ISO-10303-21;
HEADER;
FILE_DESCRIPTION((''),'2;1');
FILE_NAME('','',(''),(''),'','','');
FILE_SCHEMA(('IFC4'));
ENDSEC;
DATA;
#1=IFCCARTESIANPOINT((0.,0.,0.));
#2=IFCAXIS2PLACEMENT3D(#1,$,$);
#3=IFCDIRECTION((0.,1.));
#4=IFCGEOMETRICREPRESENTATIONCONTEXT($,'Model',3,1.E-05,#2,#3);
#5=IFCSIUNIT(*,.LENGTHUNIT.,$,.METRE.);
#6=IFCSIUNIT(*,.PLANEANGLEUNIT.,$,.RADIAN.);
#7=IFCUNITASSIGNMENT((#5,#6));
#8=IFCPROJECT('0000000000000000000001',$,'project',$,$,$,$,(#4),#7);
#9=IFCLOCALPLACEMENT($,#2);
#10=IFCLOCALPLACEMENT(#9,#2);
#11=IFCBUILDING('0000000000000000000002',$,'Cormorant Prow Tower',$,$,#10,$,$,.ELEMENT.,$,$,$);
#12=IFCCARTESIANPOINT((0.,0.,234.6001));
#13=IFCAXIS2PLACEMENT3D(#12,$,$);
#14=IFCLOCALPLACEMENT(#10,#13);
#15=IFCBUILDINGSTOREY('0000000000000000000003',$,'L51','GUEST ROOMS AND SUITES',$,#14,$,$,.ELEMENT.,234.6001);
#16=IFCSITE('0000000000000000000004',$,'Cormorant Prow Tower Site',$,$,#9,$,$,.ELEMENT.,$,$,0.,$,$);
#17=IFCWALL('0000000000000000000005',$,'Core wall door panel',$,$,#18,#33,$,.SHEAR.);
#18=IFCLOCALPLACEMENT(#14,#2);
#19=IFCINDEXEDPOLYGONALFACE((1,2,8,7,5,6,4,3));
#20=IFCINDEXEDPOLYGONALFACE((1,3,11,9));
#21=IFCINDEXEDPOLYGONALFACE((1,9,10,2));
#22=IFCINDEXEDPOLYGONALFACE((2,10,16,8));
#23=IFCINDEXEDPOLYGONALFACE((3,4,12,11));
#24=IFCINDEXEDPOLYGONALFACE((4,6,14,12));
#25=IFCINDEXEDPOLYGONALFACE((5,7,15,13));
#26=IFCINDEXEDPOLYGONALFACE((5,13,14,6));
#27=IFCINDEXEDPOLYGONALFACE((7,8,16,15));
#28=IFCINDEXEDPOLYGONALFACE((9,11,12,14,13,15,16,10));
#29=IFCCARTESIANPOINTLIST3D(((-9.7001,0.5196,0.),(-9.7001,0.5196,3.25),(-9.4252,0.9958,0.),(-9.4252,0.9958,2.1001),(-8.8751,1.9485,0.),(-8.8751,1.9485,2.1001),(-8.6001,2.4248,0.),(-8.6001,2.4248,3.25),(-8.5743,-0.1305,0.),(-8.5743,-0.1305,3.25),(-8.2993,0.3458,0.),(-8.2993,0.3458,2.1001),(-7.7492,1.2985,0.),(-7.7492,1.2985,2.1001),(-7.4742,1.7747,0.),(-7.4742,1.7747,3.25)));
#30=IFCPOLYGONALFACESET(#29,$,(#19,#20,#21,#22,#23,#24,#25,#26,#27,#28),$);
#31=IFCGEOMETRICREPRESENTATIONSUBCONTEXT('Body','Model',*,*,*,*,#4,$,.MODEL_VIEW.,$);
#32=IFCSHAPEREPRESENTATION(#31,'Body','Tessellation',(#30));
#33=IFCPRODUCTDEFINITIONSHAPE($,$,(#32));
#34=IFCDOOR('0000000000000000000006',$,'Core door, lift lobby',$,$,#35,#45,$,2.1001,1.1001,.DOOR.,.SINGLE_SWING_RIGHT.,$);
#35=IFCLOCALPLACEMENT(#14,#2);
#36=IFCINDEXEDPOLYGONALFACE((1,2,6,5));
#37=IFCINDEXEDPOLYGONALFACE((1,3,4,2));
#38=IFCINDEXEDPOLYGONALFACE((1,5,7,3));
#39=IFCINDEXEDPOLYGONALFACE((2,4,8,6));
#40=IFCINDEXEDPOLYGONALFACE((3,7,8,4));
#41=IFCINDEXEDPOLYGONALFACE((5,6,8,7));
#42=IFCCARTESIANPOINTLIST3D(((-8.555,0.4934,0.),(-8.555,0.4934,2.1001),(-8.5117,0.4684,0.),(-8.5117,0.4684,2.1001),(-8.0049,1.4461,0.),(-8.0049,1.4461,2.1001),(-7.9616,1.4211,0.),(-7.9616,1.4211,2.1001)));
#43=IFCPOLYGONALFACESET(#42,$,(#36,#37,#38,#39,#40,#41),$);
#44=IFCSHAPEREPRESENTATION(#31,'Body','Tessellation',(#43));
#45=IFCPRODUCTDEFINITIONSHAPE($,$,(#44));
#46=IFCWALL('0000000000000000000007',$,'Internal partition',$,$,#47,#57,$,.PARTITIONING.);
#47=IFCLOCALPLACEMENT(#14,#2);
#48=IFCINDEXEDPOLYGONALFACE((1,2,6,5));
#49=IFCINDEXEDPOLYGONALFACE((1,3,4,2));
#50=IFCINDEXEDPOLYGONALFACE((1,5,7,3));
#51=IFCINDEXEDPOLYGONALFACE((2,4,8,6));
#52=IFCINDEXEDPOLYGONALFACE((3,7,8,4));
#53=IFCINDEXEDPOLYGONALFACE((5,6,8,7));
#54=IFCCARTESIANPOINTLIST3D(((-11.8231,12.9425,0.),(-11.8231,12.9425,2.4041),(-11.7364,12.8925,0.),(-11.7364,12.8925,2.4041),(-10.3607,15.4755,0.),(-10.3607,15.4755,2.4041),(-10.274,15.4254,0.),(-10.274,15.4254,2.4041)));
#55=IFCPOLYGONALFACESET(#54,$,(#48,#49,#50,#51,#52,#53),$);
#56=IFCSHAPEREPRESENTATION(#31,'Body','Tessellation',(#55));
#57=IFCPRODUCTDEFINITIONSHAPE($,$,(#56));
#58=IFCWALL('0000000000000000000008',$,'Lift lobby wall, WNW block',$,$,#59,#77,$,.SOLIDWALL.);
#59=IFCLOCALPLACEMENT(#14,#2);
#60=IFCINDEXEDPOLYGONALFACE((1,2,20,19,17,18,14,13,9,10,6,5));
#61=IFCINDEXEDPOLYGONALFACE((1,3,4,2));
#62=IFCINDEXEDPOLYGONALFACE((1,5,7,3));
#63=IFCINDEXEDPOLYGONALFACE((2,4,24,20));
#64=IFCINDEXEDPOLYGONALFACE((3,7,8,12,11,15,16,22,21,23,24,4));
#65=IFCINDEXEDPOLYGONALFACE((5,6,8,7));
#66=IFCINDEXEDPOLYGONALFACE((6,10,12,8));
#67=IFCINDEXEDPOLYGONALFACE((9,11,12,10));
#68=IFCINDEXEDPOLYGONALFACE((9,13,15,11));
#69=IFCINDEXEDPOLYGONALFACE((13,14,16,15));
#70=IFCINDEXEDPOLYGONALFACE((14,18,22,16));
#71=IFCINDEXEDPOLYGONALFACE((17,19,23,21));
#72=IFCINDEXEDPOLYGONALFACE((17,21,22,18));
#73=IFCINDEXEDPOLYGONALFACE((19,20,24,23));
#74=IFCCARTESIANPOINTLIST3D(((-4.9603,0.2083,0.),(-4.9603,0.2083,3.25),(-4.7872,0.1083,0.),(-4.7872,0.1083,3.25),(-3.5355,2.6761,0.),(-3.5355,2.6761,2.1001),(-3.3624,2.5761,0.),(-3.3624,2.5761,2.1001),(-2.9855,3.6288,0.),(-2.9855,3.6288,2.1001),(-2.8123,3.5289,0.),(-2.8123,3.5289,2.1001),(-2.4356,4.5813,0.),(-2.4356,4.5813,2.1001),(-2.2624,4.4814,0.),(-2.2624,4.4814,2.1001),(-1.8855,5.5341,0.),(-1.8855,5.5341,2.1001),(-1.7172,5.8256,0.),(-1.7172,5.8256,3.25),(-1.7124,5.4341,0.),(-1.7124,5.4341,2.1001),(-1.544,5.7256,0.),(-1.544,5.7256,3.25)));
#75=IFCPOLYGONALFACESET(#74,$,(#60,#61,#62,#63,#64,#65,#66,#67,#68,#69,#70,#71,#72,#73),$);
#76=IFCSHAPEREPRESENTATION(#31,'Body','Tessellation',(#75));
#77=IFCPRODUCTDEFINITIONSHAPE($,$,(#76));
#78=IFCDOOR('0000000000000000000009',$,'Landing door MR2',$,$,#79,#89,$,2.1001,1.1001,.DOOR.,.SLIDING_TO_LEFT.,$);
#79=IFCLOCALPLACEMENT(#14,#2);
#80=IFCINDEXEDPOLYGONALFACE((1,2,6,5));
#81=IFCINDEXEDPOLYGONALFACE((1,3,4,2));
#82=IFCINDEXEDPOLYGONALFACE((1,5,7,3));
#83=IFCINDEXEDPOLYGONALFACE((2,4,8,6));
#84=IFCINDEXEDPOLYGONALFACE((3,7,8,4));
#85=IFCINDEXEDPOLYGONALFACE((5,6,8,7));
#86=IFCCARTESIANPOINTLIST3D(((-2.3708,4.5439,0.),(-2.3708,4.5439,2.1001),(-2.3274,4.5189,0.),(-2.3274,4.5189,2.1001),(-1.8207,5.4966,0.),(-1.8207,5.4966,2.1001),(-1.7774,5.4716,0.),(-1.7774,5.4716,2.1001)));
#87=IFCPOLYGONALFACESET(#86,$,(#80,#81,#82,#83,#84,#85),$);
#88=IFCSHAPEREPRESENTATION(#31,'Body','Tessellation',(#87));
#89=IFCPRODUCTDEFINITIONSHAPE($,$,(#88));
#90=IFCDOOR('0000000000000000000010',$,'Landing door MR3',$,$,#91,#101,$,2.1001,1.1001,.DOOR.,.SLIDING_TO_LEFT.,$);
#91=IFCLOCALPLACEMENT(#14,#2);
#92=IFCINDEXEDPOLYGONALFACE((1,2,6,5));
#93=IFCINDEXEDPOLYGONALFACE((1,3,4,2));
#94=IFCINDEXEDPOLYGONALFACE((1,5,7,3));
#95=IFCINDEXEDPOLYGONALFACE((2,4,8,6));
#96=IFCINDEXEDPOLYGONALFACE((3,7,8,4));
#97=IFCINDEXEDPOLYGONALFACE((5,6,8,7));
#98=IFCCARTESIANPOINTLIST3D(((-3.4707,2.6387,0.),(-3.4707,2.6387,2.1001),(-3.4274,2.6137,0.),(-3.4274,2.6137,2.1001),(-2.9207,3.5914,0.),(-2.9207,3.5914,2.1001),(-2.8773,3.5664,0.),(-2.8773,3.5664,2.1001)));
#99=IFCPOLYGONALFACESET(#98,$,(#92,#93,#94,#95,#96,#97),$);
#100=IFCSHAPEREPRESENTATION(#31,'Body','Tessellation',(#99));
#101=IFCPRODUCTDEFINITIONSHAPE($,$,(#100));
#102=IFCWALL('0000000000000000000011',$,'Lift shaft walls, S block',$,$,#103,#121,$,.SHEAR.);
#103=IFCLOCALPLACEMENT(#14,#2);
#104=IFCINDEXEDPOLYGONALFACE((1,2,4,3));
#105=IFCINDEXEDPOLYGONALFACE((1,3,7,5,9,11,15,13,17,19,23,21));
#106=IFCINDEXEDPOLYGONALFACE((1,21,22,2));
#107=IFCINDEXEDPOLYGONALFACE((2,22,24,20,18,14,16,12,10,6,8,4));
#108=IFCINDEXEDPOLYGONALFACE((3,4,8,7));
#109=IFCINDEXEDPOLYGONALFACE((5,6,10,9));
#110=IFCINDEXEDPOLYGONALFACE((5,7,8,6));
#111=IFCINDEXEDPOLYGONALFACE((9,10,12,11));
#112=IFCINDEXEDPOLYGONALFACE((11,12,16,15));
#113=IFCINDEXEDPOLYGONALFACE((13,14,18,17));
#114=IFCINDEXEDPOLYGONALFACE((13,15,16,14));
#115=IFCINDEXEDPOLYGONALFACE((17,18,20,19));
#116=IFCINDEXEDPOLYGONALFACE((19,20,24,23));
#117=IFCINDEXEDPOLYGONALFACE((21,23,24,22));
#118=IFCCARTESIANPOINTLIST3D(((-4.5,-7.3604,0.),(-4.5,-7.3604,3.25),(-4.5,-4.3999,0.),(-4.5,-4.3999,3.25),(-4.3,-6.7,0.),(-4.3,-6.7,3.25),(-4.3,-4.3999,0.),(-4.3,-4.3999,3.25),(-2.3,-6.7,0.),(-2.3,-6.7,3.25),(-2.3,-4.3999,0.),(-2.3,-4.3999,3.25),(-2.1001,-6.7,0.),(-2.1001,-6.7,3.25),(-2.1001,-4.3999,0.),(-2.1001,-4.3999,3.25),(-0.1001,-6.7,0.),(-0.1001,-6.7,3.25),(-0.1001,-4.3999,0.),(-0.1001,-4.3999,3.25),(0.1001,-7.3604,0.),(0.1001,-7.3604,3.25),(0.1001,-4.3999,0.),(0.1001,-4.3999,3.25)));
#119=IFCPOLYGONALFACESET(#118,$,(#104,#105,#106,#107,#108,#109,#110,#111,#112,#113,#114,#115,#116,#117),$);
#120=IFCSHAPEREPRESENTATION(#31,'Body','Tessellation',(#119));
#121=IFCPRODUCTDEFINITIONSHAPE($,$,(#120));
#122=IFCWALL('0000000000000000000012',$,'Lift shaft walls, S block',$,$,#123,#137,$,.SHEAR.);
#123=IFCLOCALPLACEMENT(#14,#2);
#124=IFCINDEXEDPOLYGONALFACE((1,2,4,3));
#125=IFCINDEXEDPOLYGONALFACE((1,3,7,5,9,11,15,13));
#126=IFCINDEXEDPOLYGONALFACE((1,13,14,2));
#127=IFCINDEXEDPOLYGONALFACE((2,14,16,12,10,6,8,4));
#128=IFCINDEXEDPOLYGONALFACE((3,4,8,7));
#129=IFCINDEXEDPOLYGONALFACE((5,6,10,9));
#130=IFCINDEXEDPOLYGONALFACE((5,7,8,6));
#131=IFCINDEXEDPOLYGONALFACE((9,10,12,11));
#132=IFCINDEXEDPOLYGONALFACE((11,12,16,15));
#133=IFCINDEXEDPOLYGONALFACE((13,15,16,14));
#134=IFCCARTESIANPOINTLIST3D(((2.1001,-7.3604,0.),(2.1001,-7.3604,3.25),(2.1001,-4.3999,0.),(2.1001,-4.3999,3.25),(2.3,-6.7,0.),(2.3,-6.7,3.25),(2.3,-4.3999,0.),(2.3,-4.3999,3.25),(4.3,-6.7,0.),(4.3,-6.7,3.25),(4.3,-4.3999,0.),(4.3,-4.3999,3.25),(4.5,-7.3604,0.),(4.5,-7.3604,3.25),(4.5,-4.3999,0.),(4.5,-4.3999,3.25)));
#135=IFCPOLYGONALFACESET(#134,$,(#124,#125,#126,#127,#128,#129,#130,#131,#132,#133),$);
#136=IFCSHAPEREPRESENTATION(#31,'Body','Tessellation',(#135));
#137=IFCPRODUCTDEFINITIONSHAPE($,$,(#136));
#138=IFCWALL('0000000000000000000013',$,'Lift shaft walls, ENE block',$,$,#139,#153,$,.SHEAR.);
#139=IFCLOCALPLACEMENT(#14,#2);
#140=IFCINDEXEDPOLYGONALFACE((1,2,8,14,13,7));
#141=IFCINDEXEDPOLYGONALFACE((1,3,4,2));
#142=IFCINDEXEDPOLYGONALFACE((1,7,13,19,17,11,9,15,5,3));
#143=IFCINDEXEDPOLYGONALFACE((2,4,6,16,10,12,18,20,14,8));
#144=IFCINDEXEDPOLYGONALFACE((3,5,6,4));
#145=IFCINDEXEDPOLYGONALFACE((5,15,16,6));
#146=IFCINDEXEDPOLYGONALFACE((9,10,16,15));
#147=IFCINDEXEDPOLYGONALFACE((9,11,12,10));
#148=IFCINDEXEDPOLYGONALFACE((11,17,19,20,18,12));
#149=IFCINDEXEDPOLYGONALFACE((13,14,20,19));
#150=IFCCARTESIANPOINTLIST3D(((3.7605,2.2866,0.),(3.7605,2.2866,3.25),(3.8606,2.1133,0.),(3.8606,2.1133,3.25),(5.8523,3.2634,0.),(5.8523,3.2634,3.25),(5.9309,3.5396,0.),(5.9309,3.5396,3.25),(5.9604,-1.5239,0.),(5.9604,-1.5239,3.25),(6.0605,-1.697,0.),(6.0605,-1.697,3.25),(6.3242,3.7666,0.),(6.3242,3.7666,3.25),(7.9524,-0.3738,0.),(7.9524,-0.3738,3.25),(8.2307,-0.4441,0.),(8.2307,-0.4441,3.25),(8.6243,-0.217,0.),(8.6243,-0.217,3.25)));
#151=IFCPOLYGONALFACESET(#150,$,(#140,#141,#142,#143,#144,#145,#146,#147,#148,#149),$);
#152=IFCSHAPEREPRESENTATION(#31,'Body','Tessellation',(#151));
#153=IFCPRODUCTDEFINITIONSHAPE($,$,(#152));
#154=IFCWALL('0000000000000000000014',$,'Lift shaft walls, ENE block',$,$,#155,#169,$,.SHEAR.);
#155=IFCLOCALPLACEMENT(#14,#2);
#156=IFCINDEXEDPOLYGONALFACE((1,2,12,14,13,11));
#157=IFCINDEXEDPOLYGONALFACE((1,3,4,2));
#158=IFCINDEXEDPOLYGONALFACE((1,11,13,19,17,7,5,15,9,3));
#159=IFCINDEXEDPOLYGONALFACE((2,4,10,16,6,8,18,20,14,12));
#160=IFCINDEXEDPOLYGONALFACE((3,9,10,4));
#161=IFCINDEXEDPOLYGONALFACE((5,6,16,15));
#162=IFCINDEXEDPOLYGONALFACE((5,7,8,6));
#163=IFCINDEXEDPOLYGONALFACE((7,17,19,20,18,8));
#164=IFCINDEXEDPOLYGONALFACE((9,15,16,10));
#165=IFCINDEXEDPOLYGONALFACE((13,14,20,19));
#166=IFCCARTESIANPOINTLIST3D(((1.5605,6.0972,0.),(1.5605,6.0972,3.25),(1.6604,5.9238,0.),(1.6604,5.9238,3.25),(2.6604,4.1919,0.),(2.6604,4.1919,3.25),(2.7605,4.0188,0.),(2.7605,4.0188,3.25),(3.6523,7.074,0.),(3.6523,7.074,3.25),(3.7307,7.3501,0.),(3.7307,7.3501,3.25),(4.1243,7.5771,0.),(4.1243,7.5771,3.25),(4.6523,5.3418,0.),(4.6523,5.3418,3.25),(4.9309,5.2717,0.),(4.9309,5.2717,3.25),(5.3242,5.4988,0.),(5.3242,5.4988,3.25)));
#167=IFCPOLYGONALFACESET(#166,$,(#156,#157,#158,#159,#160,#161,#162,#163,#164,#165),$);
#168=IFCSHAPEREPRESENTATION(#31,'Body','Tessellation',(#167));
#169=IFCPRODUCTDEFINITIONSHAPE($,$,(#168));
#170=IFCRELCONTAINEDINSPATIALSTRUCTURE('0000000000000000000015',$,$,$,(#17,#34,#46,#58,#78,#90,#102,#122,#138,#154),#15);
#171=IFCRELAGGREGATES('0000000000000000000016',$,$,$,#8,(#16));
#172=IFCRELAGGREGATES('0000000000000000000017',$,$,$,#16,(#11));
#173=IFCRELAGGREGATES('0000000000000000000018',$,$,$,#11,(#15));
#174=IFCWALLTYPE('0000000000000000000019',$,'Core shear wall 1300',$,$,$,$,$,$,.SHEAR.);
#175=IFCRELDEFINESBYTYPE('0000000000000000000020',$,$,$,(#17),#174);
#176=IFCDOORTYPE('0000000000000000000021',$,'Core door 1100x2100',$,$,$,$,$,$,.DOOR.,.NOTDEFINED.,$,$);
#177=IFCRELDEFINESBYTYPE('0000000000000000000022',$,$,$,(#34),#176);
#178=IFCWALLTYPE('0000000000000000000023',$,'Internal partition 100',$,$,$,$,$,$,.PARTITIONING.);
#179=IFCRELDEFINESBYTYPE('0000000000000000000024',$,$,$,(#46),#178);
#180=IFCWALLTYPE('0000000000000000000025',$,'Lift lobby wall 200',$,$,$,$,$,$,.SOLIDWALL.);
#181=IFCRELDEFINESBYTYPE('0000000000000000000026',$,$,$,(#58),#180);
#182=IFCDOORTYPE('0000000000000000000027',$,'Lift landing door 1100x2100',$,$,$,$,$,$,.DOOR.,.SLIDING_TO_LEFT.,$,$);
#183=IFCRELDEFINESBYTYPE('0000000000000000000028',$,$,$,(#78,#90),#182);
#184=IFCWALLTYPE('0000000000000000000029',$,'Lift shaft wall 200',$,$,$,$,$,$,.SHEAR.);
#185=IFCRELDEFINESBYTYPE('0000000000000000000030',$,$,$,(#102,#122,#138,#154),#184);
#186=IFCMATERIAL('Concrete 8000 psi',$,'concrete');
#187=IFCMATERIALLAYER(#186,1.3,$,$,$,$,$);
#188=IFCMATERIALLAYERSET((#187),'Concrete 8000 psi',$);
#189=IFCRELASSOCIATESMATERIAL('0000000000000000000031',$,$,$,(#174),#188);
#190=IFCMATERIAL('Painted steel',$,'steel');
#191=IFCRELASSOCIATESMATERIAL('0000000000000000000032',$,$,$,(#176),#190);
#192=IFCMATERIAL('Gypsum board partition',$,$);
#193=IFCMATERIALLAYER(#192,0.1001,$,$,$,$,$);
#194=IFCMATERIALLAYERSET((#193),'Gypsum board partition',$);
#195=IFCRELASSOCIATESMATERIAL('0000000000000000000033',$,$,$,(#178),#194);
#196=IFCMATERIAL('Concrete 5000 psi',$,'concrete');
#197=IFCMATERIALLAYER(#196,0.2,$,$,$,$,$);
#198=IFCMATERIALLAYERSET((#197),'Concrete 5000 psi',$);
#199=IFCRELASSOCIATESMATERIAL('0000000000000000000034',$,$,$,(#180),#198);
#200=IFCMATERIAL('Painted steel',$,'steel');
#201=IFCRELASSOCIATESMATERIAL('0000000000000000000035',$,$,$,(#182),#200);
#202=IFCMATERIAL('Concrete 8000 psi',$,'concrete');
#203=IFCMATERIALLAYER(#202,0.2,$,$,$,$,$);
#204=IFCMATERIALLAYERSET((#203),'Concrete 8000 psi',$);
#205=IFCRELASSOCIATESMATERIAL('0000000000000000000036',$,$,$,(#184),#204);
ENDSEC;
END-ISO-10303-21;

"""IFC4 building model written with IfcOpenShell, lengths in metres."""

from ifc_helpers import new_model, si_unit, direction, frame, frame_2d, origin, place, context, subcontext, project, spatial, polyline, rectangle, outline, extrude, material, layer, layer_set, type_object, element, fill, save


model = new_model("IFC4")

# Units and contexts
model_context = context("Model", 3, precision=1e-05, world=origin(), true_north=direction((0.0, 1.0)))
body_context = subcontext(model_context, "Body", "Model", "MODEL_VIEW")
ifc_project = project(units=[si_unit("LENGTHUNIT", "METRE"), si_unit("PLANEANGLEUNIT", "RADIAN")], contexts=[model_context])

# Site, building, storey
site_placement = place(None, origin())
site = spatial("IfcSite", under=ifc_project, at=site_placement, Name="Cormorant Prow Tower Site", CompositionType="ELEMENT", RefElevation=0.0)
building_placement = place(site_placement, origin())
building = spatial("IfcBuilding", under=site, at=building_placement, Name="Cormorant Prow Tower", CompositionType="ELEMENT")
storey_placement = place(building_placement, frame((0.0, 0.0, 234.6001)))
storey = spatial("IfcBuildingStorey", under=building, at=storey_placement, Name="L51", Description="GUEST ROOMS AND SUITES", CompositionType="ELEMENT", Elevation=234.6001)

# Shared definitions
ifc_material_1 = material(Name="Concrete 8000 psi", Category="concrete")
ifc_layer_1 = layer(ifc_material_1, 1.3)
ifc_layer_set_1 = layer_set([ifc_layer_1], Name="Concrete 8000 psi")
wall_type_1 = type_object("IfcWallType", Name="Core shear wall 1300", PredefinedType="SHEAR", material=ifc_layer_set_1)

# Wall, opening, door
wall_1_placement = place(storey_placement, frame((-8.0371, 2.0999, 0.0), z_axis=(0.0, 0.0, 1.0), x_axis=(-0.50003, -0.866008, 0.0)))
wall_1 = element("IfcWall", 1, at=wall_1_placement, inside=storey, type_object=wall_type_1, Name="Core wall door panel", PredefinedType="SHEAR", context=body_context, shape_type="SweptSolid", body=[
    extrude(rectangle(XDim=2.2, YDim=1.3, at=frame_2d((1.1001, 0.0))), origin(), (0.0, 0.0, 1.0), 3.25),
])
opening_1_placement = place(wall_1_placement, frame((0.55, 0.0, 0.0)))
opening_1 = element("IfcOpeningElement", 2, at=opening_1_placement, cuts=wall_1, PredefinedType="OPENING", context=body_context, shape_type="SweptSolid", body=[
    extrude(rectangle(XDim=1.1001, YDim=2.1001, at=frame_2d((0.55, 1.05))), frame((0.0, 0.6599, 0.0), z_axis=(0.0, -1.0, 0.0), x_axis=(1.0, 0.0, 0.0)), (0.0, 0.0, 1.0), 1.3201),
])
ifc_material_2 = material(Name="Painted steel", Category="steel")
door_type_1 = type_object("IfcDoorType", Name="Core door 1100x2100", OperationType="NOTDEFINED", PredefinedType="DOOR", material=ifc_material_2)
door_1_placement = place(opening_1_placement, origin())
door_1 = element("IfcDoor", 3, at=door_1_placement, inside=storey, type_object=door_type_1, Name="Core door, lift lobby", OperationType="SINGLE_SWING_RIGHT", OverallHeight=2.1001, OverallWidth=1.1001, PredefinedType="DOOR", context=body_context, shape_type="SweptSolid", body=[
    extrude(rectangle(XDim=1.1001, YDim=2.1001, at=frame_2d((0.55, 1.05))), frame((0.0, 0.4048, 0.0), z_axis=(0.0, -1.0, 0.0), x_axis=(1.0, 0.0, 0.0)), (0.0, 0.0, 1.0), 0.05),
])
fill(opening_1, door_1)

# Wall
ifc_material_3 = material(Name="Gypsum board partition")
ifc_layer_2 = layer(ifc_material_3, 0.1001)
ifc_layer_set_2 = layer_set([ifc_layer_2], Name="Gypsum board partition")
wall_type_2 = type_object("IfcWallType", Name="Internal partition 100", PredefinedType="PARTITIONING", material=ifc_layer_set_2)
wall_2_placement = place(storey_placement, frame((-11.7798, 12.9175, 0.0), z_axis=(0.0, 0.0, 1.0), x_axis=(0.499999, 0.866026, 0.0)))
element("IfcWall", 4, at=wall_2_placement, inside=storey, type_object=wall_type_2, Name="Internal partition", PredefinedType="PARTITIONING", context=body_context, shape_type="SweptSolid", body=[
    extrude(rectangle(XDim=2.9248, YDim=0.1001, at=frame_2d((1.4624, 0.0))), origin(), (0.0, 0.0, 1.0), 2.4041),
])

# Wall, openings, doors
ifc_material_4 = material(Name="Concrete 5000 psi", Category="concrete")
ifc_layer_3 = layer(ifc_material_4, 0.2)
ifc_layer_set_3 = layer_set([ifc_layer_3], Name="Concrete 5000 psi")
wall_type_3 = type_object("IfcWallType", Name="Lift lobby wall 200", PredefinedType="SOLIDWALL", material=ifc_layer_set_3)
wall_3_placement = place(storey_placement, frame((-1.6306, 5.7756, 0.0), z_axis=(0.0, 0.0, 1.0), x_axis=(-0.499993, -0.86603, 0.0)))
wall_3 = element("IfcWall", 5, at=wall_3_placement, inside=storey, type_object=wall_type_3, Name="Lift lobby wall, WNW block", PredefinedType="SOLIDWALL", context=body_context, shape_type="SweptSolid", body=[
    extrude(rectangle(XDim=6.4863, YDim=0.2, at=frame_2d((3.2432, 0.0))), origin(), (0.0, 0.0, 1.0), 3.25),
])
opening_2_placement = place(wall_3_placement, frame((0.3367, 0.0, 0.0)))
opening_2 = element("IfcOpeningElement", 6, at=opening_2_placement, cuts=wall_3, PredefinedType="OPENING", context=body_context, shape_type="SweptSolid", body=[
    extrude(rectangle(XDim=1.1001, YDim=2.1001, at=frame_2d((0.55, 1.05))), frame((0.0, 0.1099, 0.0), z_axis=(0.0, -1.0, 0.0), x_axis=(1.0, 0.0, 0.0)), (0.0, 0.0, 1.0), 0.22),
])
opening_3_placement = place(wall_3_placement, frame((2.5366, 0.0, 0.0)))
opening_3 = element("IfcOpeningElement", 7, at=opening_3_placement, cuts=wall_3, PredefinedType="OPENING", context=body_context, shape_type="SweptSolid", body=[
    extrude(rectangle(XDim=1.1001, YDim=2.1001, at=frame_2d((0.55, 1.05))), frame((0.0, 0.1099, 0.0), z_axis=(0.0, -1.0, 0.0), x_axis=(1.0, 0.0, 0.0)), (0.0, 0.0, 1.0), 0.22),
])
ifc_material_5 = material(Name="Painted steel", Category="steel")
door_type_2 = type_object("IfcDoorType", Name="Lift landing door 1100x2100", OperationType="SLIDING_TO_LEFT", PredefinedType="DOOR", material=ifc_material_5)
door_2_placement = place(opening_2_placement, origin())
door_2 = element("IfcDoor", 8, at=door_2_placement, inside=storey, type_object=door_type_2, Name="Landing door MR2", OperationType="SLIDING_TO_LEFT", OverallHeight=2.1001, OverallWidth=1.1001, PredefinedType="DOOR", context=body_context, shape_type="SweptSolid", body=[
    extrude(rectangle(XDim=1.1001, YDim=2.1001, at=frame_2d((0.55, 1.05))), frame((0.0, 0.0249, 0.0), z_axis=(0.0, -1.0, 0.0), x_axis=(1.0, 0.0, 0.0)), (0.0, 0.0, 1.0), 0.05),
])
fill(opening_2, door_2)
door_3_placement = place(opening_3_placement, origin())
door_3 = element("IfcDoor", 9, at=door_3_placement, inside=storey, type_object=door_type_2, Name="Landing door MR3", OperationType="SLIDING_TO_LEFT", OverallHeight=2.1001, OverallWidth=1.1001, PredefinedType="DOOR", context=body_context, shape_type="SweptSolid", body=[
    extrude(rectangle(XDim=1.1001, YDim=2.1001, at=frame_2d((0.55, 1.05))), frame((0.0, 0.0249, 0.0), z_axis=(0.0, -1.0, 0.0), x_axis=(1.0, 0.0, 0.0)), (0.0, 0.0, 1.0), 0.05),
])
fill(opening_3, door_3)

# Walls
ifc_material_6 = material(Name="Concrete 8000 psi", Category="concrete")
ifc_layer_4 = layer(ifc_material_6, 0.2)
ifc_layer_set_4 = layer_set([ifc_layer_4], Name="Concrete 8000 psi")
wall_type_4 = type_object("IfcWallType", Name="Lift shaft wall 200", PredefinedType="SHEAR", material=ifc_layer_set_4)
wall_4_placement = place(storey_placement, origin())
element("IfcWall", 10, at=wall_4_placement, inside=storey, type_object=wall_type_4, Name="Lift shaft walls, S block", PredefinedType="SHEAR", context=body_context, shape_type="SweptSolid", body=[
    extrude(outline(polyline([(0.1001, -7.3604), (-4.5, -7.3604), (-4.5, -4.3999), (-4.3, -4.3999), (-4.3, -6.7), (-2.3, -6.7), (-2.3, -4.3999), (-2.1001, -4.3999), (-2.1001, -6.7), (-0.1001, -6.7), (-0.1001, -4.3999), (0.1001, -4.3999), (0.1001, -7.3604)])), origin(), (0.0, 0.0, 1.0), 3.25),
])
wall_5_placement = place(storey_placement, origin())
element("IfcWall", 11, at=wall_5_placement, inside=storey, type_object=wall_type_4, Name="Lift shaft walls, S block", PredefinedType="SHEAR", context=body_context, shape_type="SweptSolid", body=[
    extrude(outline(polyline([(2.1001, -7.3604), (2.1001, -4.3999), (2.3, -4.3999), (2.3, -6.7), (4.3, -6.7), (4.3, -4.3999), (4.5, -4.3999), (4.5, -7.3604), (2.1001, -7.3604)])), origin(), (0.0, 0.0, 1.0), 3.25),
])
wall_6_placement = place(storey_placement, origin())
element("IfcWall", 12, at=wall_6_placement, inside=storey, type_object=wall_type_4, Name="Lift shaft walls, ENE block", PredefinedType="SHEAR", context=body_context, shape_type="SweptSolid", body=[
    extrude(outline(polyline([(6.3242, 3.7666), (8.6243, -0.217), (8.2307, -0.4441), (6.0605, -1.697), (5.9604, -1.5239), (7.9524, -0.3738), (5.8523, 3.2634), (3.8606, 2.1133), (3.7605, 2.2866), (5.9309, 3.5396), (6.3242, 3.7666)])), origin(), (0.0, 0.0, 1.0), 3.25),
])
wall_7_placement = place(storey_placement, origin())
element("IfcWall", 13, at=wall_7_placement, inside=storey, type_object=wall_type_4, Name="Lift shaft walls, ENE block", PredefinedType="SHEAR", context=body_context, shape_type="SweptSolid", body=[
    extrude(outline(polyline([(5.3242, 5.4988), (4.9309, 5.2717), (2.7605, 4.0188), (2.6604, 4.1919), (4.6523, 5.3418), (3.6523, 7.074), (1.6604, 5.9238), (1.5605, 6.0972), (3.7307, 7.3501), (4.1243, 7.5771), (5.3242, 5.4988)])), origin(), (0.0, 0.0, 1.0), 3.25),
])

save(model, "model.ifc")
